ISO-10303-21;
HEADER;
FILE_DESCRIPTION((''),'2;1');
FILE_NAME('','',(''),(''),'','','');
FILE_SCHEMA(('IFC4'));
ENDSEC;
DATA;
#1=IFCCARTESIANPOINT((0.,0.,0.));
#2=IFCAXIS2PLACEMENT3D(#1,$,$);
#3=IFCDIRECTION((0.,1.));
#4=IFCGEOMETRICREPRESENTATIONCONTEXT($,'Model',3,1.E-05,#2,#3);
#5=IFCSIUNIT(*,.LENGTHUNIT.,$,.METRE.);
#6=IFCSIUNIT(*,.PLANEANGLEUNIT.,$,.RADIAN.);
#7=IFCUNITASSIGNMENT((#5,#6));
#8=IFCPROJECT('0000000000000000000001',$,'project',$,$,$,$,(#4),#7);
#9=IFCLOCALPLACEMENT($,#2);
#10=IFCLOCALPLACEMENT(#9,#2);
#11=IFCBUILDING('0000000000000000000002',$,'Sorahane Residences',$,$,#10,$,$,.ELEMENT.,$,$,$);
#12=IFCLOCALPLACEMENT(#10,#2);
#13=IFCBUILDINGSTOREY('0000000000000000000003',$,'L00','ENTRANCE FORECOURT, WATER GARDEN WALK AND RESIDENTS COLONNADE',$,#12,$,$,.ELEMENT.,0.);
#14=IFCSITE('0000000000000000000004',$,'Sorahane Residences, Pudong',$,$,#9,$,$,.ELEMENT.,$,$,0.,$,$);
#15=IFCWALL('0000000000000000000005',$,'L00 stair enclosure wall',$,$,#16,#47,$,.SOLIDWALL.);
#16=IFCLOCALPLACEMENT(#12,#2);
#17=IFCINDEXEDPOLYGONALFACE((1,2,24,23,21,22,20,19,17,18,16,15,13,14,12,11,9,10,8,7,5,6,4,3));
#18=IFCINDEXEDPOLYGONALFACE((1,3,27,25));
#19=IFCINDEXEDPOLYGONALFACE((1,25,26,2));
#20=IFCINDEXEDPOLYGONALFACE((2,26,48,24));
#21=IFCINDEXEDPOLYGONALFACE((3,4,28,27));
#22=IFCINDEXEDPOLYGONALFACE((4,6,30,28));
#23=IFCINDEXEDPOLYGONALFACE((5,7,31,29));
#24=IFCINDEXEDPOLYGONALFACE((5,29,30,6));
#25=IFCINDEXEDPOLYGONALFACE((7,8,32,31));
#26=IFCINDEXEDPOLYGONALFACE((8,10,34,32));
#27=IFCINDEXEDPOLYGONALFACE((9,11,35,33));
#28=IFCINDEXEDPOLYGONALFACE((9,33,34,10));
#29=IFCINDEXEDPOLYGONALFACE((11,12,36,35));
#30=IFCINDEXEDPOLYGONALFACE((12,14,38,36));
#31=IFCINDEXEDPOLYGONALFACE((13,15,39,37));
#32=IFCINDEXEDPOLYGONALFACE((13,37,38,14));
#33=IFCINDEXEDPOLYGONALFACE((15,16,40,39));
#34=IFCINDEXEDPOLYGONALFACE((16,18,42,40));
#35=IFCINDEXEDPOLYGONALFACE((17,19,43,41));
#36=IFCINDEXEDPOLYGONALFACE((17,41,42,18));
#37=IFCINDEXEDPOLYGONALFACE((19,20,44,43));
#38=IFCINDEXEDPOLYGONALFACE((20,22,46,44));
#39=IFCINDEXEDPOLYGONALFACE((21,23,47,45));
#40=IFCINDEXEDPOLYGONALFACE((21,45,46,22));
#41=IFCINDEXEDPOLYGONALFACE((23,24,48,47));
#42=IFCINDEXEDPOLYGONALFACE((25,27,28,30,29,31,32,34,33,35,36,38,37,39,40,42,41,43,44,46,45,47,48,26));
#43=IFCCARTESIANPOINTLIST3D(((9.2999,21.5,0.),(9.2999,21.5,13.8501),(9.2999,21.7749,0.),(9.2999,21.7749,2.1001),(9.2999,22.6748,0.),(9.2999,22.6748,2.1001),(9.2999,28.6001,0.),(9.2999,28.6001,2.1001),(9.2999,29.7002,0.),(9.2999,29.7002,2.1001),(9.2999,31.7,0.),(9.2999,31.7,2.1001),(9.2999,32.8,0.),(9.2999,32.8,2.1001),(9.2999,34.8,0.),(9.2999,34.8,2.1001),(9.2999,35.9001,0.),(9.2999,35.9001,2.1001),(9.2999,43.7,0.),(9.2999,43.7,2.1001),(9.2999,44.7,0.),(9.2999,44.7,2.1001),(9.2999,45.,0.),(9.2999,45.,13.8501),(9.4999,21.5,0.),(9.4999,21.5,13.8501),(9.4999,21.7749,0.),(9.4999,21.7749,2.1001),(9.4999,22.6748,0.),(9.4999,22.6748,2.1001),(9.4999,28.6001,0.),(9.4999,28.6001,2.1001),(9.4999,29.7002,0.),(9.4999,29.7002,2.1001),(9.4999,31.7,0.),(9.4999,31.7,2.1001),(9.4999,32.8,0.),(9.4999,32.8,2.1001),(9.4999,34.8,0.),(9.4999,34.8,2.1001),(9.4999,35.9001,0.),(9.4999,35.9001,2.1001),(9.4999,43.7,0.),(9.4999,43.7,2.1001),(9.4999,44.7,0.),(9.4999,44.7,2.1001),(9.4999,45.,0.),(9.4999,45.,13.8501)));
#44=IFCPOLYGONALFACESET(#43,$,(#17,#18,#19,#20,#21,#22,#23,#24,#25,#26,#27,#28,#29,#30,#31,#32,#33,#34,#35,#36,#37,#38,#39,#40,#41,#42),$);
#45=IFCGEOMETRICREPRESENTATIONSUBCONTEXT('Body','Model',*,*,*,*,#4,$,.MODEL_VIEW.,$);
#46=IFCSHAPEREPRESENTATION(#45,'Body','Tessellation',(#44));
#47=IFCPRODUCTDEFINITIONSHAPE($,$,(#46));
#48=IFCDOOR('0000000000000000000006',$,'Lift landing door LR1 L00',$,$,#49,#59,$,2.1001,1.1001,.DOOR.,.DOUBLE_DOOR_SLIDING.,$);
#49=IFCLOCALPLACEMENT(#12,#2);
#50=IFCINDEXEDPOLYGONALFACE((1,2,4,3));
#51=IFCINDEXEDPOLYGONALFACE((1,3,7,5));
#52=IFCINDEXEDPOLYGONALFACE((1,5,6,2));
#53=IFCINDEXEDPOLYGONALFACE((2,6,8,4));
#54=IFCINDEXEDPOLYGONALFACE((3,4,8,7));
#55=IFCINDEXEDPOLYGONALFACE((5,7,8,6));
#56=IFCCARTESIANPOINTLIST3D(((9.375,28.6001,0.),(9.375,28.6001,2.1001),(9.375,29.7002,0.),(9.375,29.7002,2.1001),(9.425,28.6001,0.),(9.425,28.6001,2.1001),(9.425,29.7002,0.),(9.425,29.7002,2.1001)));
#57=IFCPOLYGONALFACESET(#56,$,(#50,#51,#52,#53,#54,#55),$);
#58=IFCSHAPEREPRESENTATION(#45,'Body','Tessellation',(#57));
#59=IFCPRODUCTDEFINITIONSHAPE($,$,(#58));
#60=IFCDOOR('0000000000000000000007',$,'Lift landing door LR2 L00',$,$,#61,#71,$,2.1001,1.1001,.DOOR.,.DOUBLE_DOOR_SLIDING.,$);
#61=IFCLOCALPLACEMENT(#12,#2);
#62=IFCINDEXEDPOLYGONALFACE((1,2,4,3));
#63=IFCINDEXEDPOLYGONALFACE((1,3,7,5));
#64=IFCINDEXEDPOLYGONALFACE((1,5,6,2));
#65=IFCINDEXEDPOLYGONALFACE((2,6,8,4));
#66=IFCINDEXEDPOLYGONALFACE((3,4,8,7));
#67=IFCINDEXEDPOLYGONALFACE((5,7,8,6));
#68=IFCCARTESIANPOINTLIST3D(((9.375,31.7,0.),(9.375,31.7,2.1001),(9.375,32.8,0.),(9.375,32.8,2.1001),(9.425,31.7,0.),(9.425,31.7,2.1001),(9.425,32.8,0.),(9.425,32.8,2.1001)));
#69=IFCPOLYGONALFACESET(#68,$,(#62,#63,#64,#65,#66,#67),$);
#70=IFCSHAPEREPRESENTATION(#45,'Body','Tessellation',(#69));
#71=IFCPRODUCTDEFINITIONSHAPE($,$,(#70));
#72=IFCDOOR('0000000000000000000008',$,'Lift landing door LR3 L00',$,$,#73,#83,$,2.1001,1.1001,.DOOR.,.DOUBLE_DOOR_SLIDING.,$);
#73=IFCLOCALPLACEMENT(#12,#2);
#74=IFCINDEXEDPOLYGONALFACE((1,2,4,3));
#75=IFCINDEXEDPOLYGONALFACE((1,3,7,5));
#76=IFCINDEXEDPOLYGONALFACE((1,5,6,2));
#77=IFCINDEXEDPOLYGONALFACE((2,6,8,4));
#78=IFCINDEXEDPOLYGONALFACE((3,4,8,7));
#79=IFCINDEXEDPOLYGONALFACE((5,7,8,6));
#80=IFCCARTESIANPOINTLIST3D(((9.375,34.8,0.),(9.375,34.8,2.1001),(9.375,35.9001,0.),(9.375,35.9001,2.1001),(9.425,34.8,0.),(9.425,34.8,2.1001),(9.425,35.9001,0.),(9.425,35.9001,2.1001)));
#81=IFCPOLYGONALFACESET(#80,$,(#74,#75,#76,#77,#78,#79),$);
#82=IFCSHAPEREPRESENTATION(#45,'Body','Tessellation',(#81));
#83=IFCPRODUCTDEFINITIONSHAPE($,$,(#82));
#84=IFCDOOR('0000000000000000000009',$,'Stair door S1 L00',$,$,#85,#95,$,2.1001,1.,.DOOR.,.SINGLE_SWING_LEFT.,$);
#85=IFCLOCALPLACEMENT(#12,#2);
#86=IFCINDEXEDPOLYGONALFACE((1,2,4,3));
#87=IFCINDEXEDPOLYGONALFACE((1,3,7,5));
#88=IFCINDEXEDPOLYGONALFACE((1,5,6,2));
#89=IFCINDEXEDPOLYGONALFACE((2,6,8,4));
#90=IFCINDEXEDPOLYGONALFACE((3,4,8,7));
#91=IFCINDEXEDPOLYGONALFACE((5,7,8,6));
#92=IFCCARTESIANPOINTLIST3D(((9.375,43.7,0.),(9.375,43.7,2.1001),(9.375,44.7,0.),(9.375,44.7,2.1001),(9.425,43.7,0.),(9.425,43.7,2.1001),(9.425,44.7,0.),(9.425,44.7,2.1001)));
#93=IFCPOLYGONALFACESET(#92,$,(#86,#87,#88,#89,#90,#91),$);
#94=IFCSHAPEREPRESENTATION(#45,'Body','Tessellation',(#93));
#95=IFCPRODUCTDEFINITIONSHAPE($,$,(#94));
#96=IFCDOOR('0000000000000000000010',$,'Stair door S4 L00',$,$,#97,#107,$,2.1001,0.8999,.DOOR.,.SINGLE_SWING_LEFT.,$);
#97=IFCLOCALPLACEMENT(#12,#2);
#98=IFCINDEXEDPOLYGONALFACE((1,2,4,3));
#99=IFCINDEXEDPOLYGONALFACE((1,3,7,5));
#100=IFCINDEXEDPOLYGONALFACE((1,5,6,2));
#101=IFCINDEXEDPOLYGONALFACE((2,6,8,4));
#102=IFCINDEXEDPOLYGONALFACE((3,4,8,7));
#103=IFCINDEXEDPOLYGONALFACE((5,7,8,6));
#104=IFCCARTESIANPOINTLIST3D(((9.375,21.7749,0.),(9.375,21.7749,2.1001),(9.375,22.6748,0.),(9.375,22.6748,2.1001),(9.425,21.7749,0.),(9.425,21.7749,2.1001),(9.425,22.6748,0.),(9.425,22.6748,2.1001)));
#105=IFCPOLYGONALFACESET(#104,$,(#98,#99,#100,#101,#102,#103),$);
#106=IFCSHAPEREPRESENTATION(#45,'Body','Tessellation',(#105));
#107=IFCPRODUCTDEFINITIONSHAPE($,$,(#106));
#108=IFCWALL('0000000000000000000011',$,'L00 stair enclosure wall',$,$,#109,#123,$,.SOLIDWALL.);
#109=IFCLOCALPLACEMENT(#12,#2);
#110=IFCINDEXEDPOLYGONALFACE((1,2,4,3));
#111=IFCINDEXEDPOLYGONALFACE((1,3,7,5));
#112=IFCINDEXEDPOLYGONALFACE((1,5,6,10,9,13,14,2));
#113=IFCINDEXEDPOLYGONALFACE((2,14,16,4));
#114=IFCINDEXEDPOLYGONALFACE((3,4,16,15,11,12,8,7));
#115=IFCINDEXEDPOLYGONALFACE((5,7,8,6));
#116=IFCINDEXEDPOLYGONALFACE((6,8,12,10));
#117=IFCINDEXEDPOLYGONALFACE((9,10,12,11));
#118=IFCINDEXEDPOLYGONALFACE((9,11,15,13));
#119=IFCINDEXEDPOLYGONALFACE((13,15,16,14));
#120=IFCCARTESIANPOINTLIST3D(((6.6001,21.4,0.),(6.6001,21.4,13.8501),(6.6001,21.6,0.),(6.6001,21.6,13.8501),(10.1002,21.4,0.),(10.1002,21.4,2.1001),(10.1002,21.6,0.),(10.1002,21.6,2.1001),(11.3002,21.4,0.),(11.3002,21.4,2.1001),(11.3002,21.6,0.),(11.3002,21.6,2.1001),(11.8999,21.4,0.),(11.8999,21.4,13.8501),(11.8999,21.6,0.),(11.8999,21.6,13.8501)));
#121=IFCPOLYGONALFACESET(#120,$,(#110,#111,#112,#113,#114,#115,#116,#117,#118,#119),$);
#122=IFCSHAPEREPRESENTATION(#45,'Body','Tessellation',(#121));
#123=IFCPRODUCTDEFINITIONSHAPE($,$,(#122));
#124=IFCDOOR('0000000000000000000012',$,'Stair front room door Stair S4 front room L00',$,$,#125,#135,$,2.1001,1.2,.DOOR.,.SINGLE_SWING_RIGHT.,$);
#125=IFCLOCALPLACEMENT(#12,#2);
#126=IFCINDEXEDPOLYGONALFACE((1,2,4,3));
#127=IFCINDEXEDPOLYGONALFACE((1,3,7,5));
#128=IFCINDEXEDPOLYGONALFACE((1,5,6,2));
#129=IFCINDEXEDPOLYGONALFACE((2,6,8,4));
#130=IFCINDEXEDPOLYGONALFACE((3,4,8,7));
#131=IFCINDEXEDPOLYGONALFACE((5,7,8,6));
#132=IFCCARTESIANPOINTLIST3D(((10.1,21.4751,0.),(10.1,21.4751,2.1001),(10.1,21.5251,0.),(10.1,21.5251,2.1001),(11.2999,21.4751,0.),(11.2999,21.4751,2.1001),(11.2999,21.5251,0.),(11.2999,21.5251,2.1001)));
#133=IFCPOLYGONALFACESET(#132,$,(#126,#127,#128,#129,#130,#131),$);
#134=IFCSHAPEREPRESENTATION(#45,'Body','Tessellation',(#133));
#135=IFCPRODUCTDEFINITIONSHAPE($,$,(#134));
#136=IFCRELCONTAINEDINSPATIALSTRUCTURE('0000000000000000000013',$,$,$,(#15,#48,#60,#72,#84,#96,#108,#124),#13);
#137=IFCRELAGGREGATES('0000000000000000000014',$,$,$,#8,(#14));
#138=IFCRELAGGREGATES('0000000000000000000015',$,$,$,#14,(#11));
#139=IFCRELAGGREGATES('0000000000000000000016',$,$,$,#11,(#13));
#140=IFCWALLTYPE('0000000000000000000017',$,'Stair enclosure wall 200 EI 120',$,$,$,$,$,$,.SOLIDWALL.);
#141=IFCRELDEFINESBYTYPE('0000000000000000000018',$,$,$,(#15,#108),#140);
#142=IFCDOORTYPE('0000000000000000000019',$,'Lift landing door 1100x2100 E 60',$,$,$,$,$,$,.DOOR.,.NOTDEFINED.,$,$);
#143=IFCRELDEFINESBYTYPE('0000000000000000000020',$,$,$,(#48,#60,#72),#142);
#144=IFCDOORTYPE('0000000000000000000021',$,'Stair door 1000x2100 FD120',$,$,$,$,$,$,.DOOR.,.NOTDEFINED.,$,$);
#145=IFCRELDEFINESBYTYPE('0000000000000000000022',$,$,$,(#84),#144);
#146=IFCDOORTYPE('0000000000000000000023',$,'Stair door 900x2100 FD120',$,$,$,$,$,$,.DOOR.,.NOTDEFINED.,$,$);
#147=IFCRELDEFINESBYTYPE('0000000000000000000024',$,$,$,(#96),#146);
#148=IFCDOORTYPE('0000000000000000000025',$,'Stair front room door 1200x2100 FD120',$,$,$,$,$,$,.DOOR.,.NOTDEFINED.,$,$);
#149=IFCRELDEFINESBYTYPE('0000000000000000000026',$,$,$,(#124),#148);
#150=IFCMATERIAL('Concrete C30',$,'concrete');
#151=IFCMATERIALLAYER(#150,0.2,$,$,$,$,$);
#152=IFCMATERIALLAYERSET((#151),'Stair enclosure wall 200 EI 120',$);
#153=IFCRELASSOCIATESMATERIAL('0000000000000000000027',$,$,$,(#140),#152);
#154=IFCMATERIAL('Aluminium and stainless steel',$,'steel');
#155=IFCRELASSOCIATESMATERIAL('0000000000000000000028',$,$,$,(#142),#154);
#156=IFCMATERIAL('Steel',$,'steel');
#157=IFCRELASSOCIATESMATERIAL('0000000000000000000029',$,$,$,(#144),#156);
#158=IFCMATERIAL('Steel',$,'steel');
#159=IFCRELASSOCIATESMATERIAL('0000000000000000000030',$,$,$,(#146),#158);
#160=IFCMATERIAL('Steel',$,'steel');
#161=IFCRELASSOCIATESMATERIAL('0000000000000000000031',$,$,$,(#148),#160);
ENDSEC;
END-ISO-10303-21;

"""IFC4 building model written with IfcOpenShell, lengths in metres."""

from ifc_helpers import new_model, si_unit, direction, frame, frame_2d, origin, place, context, subcontext, project, spatial, rectangle, extrude, material, layer, layer_set, type_object, element, fill, save


model = new_model("IFC4")

# Units and contexts
model_context = context("Model", 3, precision=1e-05, world=origin(), true_north=direction((0.0, 1.0)))
body_context = subcontext(model_context, "Body", "Model", "MODEL_VIEW")
ifc_project = project(units=[si_unit("LENGTHUNIT", "METRE"), si_unit("PLANEANGLEUNIT", "RADIAN")], contexts=[model_context])

# Site, building, storey
site_placement = place(None, origin())
site = spatial("IfcSite", under=ifc_project, at=site_placement, Name="Sorahane Residences, Pudong", CompositionType="ELEMENT", RefElevation=0.0)
building_placement = place(site_placement, origin())
building = spatial("IfcBuilding", under=site, at=building_placement, Name="Sorahane Residences", CompositionType="ELEMENT")
storey_placement = place(building_placement, origin())
storey = spatial("IfcBuildingStorey", under=building, at=storey_placement, Name="L00", Description="ENTRANCE FORECOURT, WATER GARDEN WALK AND RESIDENTS COLONNADE", CompositionType="ELEMENT", Elevation=0.0)

# Wall, openings, doors
ifc_material_1 = material(Name="Concrete C30", Category="concrete")
ifc_layer_1 = layer(ifc_material_1, 0.2)
ifc_layer_set_1 = layer_set([ifc_layer_1], Name="Stair enclosure wall 200 EI 120")
wall_type_1 = type_object("IfcWallType", Name="Stair enclosure wall 200 EI 120", PredefinedType="SOLIDWALL", material=ifc_layer_set_1)
wall_1_placement = place(storey_placement, frame((9.3999, 21.5, 0.0), z_axis=(0.0, 0.0, 1.0), x_axis=(0.0, 1.0, 0.0)))
wall_1 = element("IfcWall", 1, at=wall_1_placement, inside=storey, type_object=wall_type_1, Name="L00 stair enclosure wall", PredefinedType="SOLIDWALL", context=body_context, shape_type="SweptSolid", body=[
    extrude(rectangle(XDim=23.5, YDim=0.2, at=frame_2d((11.75, 0.0))), origin(), (0.0, 0.0, 1.0), 13.8501),
])
opening_1_placement = place(wall_1_placement, frame((7.1001, 0.0, 0.0)))
opening_1 = element("IfcOpeningElement", 2, at=opening_1_placement, cuts=wall_1, PredefinedType="OPENING", context=body_context, shape_type="SweptSolid", body=[
    extrude(rectangle(XDim=1.1001, YDim=2.1001, at=frame_2d((0.55, 1.05))), frame((0.0, 0.1099, 0.0), z_axis=(0.0, -1.0, 0.0), x_axis=(1.0, 0.0, 0.0)), (0.0, 0.0, 1.0), 0.22),
])
opening_2_placement = place(wall_1_placement, frame((10.2, 0.0, 0.0)))
opening_2 = element("IfcOpeningElement", 3, at=opening_2_placement, cuts=wall_1, PredefinedType="OPENING", context=body_context, shape_type="SweptSolid", body=[
    extrude(rectangle(XDim=1.1001, YDim=2.1001, at=frame_2d((0.55, 1.05))), frame((0.0, 0.1099, 0.0), z_axis=(0.0, -1.0, 0.0), x_axis=(1.0, 0.0, 0.0)), (0.0, 0.0, 1.0), 0.22),
])
opening_3_placement = place(wall_1_placement, frame((13.3, 0.0, 0.0)))
opening_3 = element("IfcOpeningElement", 4, at=opening_3_placement, cuts=wall_1, PredefinedType="OPENING", context=body_context, shape_type="SweptSolid", body=[
    extrude(rectangle(XDim=1.1001, YDim=2.1001, at=frame_2d((0.55, 1.05))), frame((0.0, 0.1099, 0.0), z_axis=(0.0, -1.0, 0.0), x_axis=(1.0, 0.0, 0.0)), (0.0, 0.0, 1.0), 0.22),
])
opening_4_placement = place(wall_1_placement, frame((22.2, 0.0, 0.0)))
opening_4 = element("IfcOpeningElement", 5, at=opening_4_placement, cuts=wall_1, PredefinedType="OPENING", context=body_context, shape_type="SweptSolid", body=[
    extrude(rectangle(XDim=1.0, YDim=2.1001, at=frame_2d((0.5, 1.05))), frame((0.0, 0.1099, 0.0), z_axis=(0.0, -1.0, 0.0), x_axis=(1.0, 0.0, 0.0)), (0.0, 0.0, 1.0), 0.22),
])
opening_5_placement = place(wall_1_placement, frame((0.2749, 0.0, 0.0)))
opening_5 = element("IfcOpeningElement", 6, at=opening_5_placement, cuts=wall_1, PredefinedType="OPENING", context=body_context, shape_type="SweptSolid", body=[
    extrude(rectangle(XDim=0.8999, YDim=2.1001, at=frame_2d((0.45, 1.05))), frame((0.0, 0.1099, 0.0), z_axis=(0.0, -1.0, 0.0), x_axis=(1.0, 0.0, 0.0)), (0.0, 0.0, 1.0), 0.22),
])
ifc_material_2 = material(Name="Aluminium and stainless steel", Category="steel")
door_type_1 = type_object("IfcDoorType", Name="Lift landing door 1100x2100 E 60", OperationType="NOTDEFINED", PredefinedType="DOOR", material=ifc_material_2)
door_1_placement = place(opening_1_placement, origin())
door_1 = element("IfcDoor", 7, at=door_1_placement, inside=storey, type_object=door_type_1, Name="Lift landing door LR1 L00", OperationType="DOUBLE_DOOR_SLIDING", OverallHeight=2.1001, OverallWidth=1.1001, PredefinedType="DOOR", context=body_context, shape_type="SweptSolid", body=[
    extrude(rectangle(XDim=1.1001, YDim=2.1001, at=frame_2d((0.55, 1.05))), frame((0.0, 0.0249, 0.0), z_axis=(0.0, -1.0, 0.0), x_axis=(1.0, 0.0, 0.0)), (0.0, 0.0, 1.0), 0.05),
])
fill(opening_1, door_1)
door_2_placement = place(opening_2_placement, origin())
door_2 = element("IfcDoor", 8, at=door_2_placement, inside=storey, type_object=door_type_1, Name="Lift landing door LR2 L00", OperationType="DOUBLE_DOOR_SLIDING", OverallHeight=2.1001, OverallWidth=1.1001, PredefinedType="DOOR", context=body_context, shape_type="SweptSolid", body=[
    extrude(rectangle(XDim=1.1001, YDim=2.1001, at=frame_2d((0.55, 1.05))), frame((0.0, 0.0249, 0.0), z_axis=(0.0, -1.0, 0.0), x_axis=(1.0, 0.0, 0.0)), (0.0, 0.0, 1.0), 0.05),
])
fill(opening_2, door_2)
door_3_placement = place(opening_3_placement, origin())
door_3 = element("IfcDoor", 9, at=door_3_placement, inside=storey, type_object=door_type_1, Name="Lift landing door LR3 L00", OperationType="DOUBLE_DOOR_SLIDING", OverallHeight=2.1001, OverallWidth=1.1001, PredefinedType="DOOR", context=body_context, shape_type="SweptSolid", body=[
    extrude(rectangle(XDim=1.1001, YDim=2.1001, at=frame_2d((0.55, 1.05))), frame((0.0, 0.0249, 0.0), z_axis=(0.0, -1.0, 0.0), x_axis=(1.0, 0.0, 0.0)), (0.0, 0.0, 1.0), 0.05),
])
fill(opening_3, door_3)
ifc_material_3 = material(Name="Steel", Category="steel")
door_type_2 = type_object("IfcDoorType", Name="Stair door 1000x2100 FD120", OperationType="NOTDEFINED", PredefinedType="DOOR", material=ifc_material_3)
door_4_placement = place(opening_4_placement, origin())
door_4 = element("IfcDoor", 10, at=door_4_placement, inside=storey, type_object=door_type_2, Name="Stair door S1 L00", OperationType="SINGLE_SWING_LEFT", OverallHeight=2.1001, OverallWidth=1.0, PredefinedType="DOOR", context=body_context, shape_type="SweptSolid", body=[
    extrude(rectangle(XDim=1.0, YDim=2.1001, at=frame_2d((0.5, 1.05))), frame((0.0, 0.0249, 0.0), z_axis=(0.0, -1.0, 0.0), x_axis=(1.0, 0.0, 0.0)), (0.0, 0.0, 1.0), 0.05),
])
fill(opening_4, door_4)
ifc_material_4 = material(Name="Steel", Category="steel")
door_type_3 = type_object("IfcDoorType", Name="Stair door 900x2100 FD120", OperationType="NOTDEFINED", PredefinedType="DOOR", material=ifc_material_4)
door_5_placement = place(opening_5_placement, origin())
door_5 = element("IfcDoor", 11, at=door_5_placement, inside=storey, type_object=door_type_3, Name="Stair door S4 L00", OperationType="SINGLE_SWING_LEFT", OverallHeight=2.1001, OverallWidth=0.8999, PredefinedType="DOOR", context=body_context, shape_type="SweptSolid", body=[
    extrude(rectangle(XDim=0.8999, YDim=2.1001, at=frame_2d((0.45, 1.05))), frame((0.0, 0.0249, 0.0), z_axis=(0.0, -1.0, 0.0), x_axis=(1.0, 0.0, 0.0)), (0.0, 0.0, 1.0), 0.05),
])
fill(opening_5, door_5)

# Wall, opening, door
wall_2_placement = place(storey_placement, frame((6.6001, 21.5, 0.0), z_axis=(0.0, 0.0, 1.0), x_axis=(1.0, 0.0, 0.0)))
wall_2 = element("IfcWall", 12, at=wall_2_placement, inside=storey, type_object=wall_type_1, Name="L00 stair enclosure wall", PredefinedType="SOLIDWALL", context=body_context, shape_type="SweptSolid", body=[
    extrude(rectangle(XDim=5.2998, YDim=0.2, at=frame_2d((2.6499, 0.0))), origin(), (0.0, 0.0, 1.0), 13.8501),
])
opening_6_placement = place(wall_2_placement, frame((3.5, 0.0, 0.0)))
opening_6 = element("IfcOpeningElement", 13, at=opening_6_placement, cuts=wall_2, PredefinedType="OPENING", context=body_context, shape_type="SweptSolid", body=[
    extrude(rectangle(XDim=1.2, YDim=2.1001, at=frame_2d((0.6001, 1.05))), frame((0.0, 0.1099, 0.0), z_axis=(0.0, -1.0, 0.0), x_axis=(1.0, 0.0, 0.0)), (0.0, 0.0, 1.0), 0.22),
])
ifc_material_5 = material(Name="Steel", Category="steel")
door_type_4 = type_object("IfcDoorType", Name="Stair front room door 1200x2100 FD120", OperationType="NOTDEFINED", PredefinedType="DOOR", material=ifc_material_5)
door_6_placement = place(opening_6_placement, frame((1.2, 0.0, 0.0), z_axis=(0.0, 0.0, 1.0), x_axis=(-1.0, 0.0, 0.0)))
door_6 = element("IfcDoor", 14, at=door_6_placement, inside=storey, type_object=door_type_4, Name="Stair front room door Stair S4 front room L00", OperationType="SINGLE_SWING_RIGHT", OverallHeight=2.1001, OverallWidth=1.2, PredefinedType="DOOR", context=body_context, shape_type="SweptSolid", body=[
    extrude(rectangle(XDim=1.2, YDim=2.1001, at=frame_2d((0.6001, 1.05))), frame((0.0, 0.0249, 0.0), z_axis=(0.0, -1.0, 0.0), x_axis=(1.0, 0.0, 0.0)), (0.0, 0.0, 1.0), 0.05),
])
fill(opening_6, door_6)

save(model, "model.ifc")
